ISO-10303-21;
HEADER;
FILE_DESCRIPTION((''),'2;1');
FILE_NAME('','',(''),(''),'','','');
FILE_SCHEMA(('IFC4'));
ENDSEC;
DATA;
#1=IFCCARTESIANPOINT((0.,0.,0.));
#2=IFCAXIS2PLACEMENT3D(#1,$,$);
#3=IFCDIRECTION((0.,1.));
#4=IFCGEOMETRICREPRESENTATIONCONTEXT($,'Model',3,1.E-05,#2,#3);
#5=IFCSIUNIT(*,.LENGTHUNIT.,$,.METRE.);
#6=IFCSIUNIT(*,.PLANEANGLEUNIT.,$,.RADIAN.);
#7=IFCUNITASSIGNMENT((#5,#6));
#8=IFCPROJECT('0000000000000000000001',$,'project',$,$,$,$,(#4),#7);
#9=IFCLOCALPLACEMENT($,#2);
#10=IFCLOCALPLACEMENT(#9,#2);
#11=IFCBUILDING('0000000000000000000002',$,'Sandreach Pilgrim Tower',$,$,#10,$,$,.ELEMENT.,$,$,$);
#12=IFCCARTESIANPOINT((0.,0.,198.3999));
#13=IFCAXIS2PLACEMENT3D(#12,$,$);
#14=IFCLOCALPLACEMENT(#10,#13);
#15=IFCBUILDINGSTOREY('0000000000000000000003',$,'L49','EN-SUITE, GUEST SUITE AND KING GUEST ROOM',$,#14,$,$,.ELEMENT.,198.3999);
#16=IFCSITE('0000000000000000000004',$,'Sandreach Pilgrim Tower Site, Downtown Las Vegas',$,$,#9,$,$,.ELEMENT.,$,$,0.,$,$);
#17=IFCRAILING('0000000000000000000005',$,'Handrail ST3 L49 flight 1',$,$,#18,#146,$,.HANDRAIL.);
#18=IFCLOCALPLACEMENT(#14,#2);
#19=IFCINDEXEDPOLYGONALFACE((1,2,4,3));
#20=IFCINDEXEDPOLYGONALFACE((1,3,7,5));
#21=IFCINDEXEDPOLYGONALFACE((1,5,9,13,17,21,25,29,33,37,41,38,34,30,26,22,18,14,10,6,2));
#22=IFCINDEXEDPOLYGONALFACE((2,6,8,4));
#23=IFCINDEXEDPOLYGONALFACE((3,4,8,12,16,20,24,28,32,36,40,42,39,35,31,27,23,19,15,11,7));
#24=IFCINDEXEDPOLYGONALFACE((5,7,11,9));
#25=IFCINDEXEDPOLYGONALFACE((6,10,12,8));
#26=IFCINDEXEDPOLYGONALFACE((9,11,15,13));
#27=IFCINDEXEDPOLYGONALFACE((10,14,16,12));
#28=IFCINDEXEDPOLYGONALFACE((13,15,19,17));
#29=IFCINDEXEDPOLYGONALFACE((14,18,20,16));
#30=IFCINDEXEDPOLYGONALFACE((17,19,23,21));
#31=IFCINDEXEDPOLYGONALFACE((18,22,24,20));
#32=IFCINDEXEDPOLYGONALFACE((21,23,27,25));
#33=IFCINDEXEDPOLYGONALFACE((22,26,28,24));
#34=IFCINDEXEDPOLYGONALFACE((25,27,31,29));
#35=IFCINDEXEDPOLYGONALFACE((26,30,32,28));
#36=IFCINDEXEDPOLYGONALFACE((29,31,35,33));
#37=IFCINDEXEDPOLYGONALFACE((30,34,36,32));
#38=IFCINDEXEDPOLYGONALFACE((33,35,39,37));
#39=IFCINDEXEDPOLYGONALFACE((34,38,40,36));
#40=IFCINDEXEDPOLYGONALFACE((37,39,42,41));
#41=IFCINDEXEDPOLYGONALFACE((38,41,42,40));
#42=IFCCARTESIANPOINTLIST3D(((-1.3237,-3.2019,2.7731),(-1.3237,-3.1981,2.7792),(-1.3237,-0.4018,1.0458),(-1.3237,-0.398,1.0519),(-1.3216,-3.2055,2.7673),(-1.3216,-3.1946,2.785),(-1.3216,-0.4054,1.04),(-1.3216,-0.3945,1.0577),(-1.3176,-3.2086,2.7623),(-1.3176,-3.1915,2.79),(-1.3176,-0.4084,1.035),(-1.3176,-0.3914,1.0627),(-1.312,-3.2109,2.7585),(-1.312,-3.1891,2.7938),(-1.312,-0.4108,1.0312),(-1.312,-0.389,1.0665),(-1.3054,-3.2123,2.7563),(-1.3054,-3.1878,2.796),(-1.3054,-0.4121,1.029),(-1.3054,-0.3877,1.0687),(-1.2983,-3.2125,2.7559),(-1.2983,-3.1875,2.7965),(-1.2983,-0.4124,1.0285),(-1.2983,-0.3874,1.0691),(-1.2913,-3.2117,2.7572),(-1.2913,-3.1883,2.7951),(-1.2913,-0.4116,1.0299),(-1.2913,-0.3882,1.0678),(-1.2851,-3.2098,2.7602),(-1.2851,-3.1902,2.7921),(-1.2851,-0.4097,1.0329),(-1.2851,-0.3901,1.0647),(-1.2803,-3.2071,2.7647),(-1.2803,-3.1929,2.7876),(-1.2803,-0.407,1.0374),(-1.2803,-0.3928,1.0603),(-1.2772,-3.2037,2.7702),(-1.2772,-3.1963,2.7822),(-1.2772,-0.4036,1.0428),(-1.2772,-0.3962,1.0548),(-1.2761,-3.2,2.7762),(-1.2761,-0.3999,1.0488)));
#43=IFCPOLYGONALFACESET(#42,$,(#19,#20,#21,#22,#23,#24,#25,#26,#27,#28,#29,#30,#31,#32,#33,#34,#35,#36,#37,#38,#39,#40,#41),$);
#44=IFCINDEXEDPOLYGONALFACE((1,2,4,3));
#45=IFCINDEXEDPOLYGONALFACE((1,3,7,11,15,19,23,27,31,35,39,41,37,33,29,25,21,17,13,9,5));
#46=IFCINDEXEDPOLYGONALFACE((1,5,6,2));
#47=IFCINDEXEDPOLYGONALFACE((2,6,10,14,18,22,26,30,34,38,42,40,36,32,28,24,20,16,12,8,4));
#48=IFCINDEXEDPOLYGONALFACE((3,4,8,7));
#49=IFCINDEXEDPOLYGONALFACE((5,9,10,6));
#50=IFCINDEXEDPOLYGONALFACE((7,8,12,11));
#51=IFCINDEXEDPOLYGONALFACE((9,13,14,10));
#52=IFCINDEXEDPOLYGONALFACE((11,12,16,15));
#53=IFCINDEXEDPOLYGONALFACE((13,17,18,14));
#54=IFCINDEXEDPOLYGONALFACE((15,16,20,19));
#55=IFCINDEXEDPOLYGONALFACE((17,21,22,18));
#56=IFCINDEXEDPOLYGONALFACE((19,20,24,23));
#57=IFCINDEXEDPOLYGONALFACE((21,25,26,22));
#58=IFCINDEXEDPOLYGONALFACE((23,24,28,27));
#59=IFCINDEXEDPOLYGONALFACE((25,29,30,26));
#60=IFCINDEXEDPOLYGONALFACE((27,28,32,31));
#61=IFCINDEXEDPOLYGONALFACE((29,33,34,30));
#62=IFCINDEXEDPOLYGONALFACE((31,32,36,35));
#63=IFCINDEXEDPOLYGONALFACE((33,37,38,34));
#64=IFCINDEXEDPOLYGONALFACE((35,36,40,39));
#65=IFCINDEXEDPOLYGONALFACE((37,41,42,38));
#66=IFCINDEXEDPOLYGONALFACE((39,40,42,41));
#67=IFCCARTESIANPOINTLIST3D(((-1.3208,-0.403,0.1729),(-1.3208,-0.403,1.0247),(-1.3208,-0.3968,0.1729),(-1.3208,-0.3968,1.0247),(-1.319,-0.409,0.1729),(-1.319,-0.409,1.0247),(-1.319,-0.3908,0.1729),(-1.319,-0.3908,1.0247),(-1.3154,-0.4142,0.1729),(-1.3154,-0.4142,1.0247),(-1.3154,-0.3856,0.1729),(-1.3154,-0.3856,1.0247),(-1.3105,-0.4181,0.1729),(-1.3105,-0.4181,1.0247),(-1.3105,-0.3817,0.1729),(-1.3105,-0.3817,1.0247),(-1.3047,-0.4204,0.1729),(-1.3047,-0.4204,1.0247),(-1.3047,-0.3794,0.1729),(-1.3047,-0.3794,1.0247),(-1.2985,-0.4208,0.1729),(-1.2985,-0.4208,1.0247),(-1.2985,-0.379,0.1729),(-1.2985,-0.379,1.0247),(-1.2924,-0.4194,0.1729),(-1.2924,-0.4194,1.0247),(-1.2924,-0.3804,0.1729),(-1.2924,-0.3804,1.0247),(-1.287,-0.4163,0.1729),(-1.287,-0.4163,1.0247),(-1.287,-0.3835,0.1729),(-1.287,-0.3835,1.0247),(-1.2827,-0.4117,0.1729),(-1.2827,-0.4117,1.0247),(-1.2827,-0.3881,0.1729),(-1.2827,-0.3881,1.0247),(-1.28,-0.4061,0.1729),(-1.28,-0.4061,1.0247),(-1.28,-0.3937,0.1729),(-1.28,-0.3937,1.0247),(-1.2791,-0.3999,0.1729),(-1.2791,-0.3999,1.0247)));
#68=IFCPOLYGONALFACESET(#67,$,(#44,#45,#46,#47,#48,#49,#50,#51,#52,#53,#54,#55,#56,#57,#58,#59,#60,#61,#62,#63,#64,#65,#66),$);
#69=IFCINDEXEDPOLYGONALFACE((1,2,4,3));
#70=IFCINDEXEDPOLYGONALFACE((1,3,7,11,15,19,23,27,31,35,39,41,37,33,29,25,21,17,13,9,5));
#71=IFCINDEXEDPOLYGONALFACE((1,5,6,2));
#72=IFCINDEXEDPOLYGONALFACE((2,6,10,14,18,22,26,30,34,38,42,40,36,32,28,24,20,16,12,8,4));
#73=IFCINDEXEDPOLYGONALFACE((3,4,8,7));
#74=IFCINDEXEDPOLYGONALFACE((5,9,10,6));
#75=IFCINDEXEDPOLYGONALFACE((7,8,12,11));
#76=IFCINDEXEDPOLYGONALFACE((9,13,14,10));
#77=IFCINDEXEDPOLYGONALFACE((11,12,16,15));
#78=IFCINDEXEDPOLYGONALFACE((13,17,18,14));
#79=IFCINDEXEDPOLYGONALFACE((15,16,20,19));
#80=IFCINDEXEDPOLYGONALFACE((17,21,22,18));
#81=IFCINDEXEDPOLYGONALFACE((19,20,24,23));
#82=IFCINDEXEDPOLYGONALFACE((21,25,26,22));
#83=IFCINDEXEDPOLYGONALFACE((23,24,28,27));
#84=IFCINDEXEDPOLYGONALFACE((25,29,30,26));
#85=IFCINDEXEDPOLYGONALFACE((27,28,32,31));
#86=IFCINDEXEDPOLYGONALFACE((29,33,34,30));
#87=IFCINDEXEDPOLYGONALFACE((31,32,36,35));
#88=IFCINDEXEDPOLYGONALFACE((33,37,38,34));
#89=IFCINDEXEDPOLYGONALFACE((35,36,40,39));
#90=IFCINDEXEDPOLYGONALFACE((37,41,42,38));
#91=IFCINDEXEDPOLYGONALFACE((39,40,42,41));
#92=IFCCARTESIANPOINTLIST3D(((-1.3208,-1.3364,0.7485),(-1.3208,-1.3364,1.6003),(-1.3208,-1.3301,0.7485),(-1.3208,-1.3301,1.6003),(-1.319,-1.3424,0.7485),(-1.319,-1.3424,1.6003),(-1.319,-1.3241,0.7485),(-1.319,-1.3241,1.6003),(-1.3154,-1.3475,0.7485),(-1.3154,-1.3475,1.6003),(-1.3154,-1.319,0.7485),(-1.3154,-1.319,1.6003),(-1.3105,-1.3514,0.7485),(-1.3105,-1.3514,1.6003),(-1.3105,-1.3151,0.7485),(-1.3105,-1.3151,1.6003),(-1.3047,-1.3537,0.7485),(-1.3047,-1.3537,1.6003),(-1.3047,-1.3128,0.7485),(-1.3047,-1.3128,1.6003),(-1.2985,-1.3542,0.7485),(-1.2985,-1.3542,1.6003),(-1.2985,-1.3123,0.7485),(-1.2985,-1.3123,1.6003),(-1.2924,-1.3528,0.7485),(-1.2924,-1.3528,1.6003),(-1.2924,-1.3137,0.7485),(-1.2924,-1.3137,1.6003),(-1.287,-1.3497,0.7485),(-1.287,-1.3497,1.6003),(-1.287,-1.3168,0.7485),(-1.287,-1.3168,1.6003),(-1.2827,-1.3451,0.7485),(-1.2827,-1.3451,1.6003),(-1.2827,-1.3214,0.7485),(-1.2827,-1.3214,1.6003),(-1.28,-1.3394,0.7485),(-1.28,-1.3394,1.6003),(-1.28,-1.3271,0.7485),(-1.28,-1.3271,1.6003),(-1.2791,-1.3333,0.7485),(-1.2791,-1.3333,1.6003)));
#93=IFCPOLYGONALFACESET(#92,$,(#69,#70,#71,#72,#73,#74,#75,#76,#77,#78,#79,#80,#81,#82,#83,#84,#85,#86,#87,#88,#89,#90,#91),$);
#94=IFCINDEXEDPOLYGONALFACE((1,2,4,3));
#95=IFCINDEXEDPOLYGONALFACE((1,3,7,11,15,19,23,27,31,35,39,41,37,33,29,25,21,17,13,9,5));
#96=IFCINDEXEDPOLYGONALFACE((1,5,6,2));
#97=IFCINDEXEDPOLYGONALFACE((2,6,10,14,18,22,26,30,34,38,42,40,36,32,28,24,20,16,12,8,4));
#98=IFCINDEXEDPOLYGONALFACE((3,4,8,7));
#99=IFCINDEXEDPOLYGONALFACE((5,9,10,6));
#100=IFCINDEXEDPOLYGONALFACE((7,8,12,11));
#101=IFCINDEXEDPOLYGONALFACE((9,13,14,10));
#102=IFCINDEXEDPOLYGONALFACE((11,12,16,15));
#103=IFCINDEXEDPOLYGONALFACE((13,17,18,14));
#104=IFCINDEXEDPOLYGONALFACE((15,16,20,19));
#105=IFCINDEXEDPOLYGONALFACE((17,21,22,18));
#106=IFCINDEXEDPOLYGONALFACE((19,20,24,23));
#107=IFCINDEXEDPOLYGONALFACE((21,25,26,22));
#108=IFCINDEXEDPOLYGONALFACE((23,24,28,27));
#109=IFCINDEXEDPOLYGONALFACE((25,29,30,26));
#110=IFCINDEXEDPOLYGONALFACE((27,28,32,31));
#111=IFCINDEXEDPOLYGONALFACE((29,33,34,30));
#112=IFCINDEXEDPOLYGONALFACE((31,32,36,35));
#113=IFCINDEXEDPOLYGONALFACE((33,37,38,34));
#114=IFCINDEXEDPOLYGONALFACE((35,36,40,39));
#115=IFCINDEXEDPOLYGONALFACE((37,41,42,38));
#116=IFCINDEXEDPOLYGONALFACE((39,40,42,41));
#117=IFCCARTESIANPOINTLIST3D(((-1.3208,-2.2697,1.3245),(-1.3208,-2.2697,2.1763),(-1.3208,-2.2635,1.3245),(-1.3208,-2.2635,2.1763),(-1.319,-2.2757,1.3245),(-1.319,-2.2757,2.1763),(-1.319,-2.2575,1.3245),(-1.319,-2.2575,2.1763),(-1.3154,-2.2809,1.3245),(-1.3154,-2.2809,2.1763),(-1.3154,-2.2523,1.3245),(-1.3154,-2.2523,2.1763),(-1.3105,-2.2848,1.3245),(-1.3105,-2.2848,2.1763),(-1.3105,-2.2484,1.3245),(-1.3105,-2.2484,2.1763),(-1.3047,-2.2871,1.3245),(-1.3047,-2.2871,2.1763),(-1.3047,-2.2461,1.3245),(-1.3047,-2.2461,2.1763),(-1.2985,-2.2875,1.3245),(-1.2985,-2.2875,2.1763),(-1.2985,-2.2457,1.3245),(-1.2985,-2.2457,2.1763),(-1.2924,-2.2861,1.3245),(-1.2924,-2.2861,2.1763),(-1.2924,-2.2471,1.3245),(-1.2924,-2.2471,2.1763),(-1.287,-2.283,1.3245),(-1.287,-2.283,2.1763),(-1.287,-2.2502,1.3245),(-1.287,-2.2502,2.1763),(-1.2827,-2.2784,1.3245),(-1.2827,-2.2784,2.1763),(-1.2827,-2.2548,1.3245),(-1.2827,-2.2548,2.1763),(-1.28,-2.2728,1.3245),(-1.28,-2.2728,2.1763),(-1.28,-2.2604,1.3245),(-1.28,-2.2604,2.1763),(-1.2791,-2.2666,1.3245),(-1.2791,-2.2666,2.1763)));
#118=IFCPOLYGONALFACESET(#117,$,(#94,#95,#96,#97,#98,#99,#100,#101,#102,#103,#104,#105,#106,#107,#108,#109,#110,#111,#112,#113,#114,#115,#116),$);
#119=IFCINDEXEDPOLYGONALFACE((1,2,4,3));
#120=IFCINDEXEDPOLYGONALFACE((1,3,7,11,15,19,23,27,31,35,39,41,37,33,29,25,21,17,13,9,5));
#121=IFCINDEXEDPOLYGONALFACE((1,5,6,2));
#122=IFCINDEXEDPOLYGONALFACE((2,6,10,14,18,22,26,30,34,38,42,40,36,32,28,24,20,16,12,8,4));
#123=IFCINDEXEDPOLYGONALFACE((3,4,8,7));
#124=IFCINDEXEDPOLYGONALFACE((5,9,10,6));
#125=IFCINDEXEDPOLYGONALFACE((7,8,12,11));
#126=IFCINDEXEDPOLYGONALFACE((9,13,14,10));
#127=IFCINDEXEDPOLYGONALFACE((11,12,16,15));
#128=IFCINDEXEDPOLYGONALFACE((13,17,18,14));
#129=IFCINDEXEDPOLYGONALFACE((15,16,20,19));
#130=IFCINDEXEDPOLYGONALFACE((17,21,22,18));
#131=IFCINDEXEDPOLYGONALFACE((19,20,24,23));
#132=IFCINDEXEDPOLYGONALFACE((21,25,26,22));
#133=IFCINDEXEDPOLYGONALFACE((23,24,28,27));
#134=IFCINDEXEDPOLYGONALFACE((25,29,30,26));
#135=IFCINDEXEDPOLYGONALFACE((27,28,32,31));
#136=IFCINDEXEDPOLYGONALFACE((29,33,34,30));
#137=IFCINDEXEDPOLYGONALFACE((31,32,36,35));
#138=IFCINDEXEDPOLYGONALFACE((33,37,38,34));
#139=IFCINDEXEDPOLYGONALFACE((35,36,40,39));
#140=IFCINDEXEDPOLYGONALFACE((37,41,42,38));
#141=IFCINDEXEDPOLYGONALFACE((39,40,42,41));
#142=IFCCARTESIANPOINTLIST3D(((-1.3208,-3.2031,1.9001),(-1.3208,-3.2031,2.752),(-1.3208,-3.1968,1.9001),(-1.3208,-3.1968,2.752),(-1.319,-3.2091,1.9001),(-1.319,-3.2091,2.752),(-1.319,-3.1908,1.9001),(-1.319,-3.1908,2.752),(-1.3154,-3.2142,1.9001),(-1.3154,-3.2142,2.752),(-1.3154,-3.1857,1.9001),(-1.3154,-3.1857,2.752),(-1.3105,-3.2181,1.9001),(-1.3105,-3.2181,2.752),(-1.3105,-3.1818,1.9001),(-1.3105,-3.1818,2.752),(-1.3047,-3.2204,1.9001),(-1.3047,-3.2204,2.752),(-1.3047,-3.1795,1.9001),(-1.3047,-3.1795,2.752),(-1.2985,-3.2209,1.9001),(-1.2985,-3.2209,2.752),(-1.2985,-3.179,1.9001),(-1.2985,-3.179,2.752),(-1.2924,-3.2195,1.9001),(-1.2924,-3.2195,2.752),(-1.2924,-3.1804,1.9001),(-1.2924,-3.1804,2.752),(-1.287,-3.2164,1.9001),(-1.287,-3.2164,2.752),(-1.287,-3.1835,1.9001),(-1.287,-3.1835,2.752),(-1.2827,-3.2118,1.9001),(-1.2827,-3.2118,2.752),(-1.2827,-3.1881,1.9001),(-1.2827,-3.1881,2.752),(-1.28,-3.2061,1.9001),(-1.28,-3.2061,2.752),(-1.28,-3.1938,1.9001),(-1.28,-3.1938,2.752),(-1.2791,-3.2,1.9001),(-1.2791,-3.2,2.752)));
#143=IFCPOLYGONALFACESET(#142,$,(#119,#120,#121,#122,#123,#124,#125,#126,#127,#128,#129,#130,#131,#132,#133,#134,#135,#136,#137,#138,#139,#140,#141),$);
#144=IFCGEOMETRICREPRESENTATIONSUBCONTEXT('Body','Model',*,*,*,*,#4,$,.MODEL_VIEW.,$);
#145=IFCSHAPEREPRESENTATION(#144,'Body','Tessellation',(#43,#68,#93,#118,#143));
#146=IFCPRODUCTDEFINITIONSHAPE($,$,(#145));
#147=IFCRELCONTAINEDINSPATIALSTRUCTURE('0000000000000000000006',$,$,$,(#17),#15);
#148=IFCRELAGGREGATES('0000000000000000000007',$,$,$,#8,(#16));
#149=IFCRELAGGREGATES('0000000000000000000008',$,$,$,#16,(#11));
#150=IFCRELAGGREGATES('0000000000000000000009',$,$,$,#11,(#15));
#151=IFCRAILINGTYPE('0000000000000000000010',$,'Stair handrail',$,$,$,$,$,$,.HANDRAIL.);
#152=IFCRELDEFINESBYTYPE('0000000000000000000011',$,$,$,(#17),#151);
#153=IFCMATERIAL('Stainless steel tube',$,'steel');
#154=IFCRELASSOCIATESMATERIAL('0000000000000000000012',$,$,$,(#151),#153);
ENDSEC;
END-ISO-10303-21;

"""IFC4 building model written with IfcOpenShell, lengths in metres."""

from ifc_helpers import new_model, si_unit, direction, frame, origin, origin_2d, place, context, subcontext, project, spatial, circle, extrude, material, type_object, element, save


model = new_model("IFC4")

# Units and contexts
model_context = context("Model", 3, precision=1e-05, world=origin(), true_north=direction((0.0, 1.0)))
body_context = subcontext(model_context, "Body", "Model", "MODEL_VIEW")
ifc_project = project(units=[si_unit("LENGTHUNIT", "METRE"), si_unit("PLANEANGLEUNIT", "RADIAN")], contexts=[model_context])

# Site, building, storey
site_placement = place(None, origin())
site = spatial("IfcSite", under=ifc_project, at=site_placement, Name="Sandreach Pilgrim Tower Site, Downtown Las Vegas", CompositionType="ELEMENT", RefElevation=0.0)
building_placement = place(site_placement, origin())
building = spatial("IfcBuilding", under=site, at=building_placement, Name="Sandreach Pilgrim Tower", CompositionType="ELEMENT")
storey_placement = place(building_placement, frame((0.0, 0.0, 198.3999)))
storey = spatial("IfcBuildingStorey", under=building, at=storey_placement, Name="L49", Description="EN-SUITE, GUEST SUITE AND KING GUEST ROOM", CompositionType="ELEMENT", Elevation=198.3999)

# Railing
ifc_material_1 = material(Name="Stainless steel tube", Category="steel")
railing_type = type_object("IfcRailingType", Name="Stair handrail", PredefinedType="HANDRAIL", material=ifc_material_1)
for number, where, name in (
    (1, (-1.3, -0.3999, 0.1729), "Handrail ST3 L49 flight 1"),
):
    element("IfcRailing", number, at=place(storey_placement, frame(where)), inside=storey, type_object=railing_type, Name=name, PredefinedType="HANDRAIL", context=body_context, shape_type="SweptSolid", body=[
        extrude(circle(Radius=0.0239, at=origin_2d()), frame((0.0, 0.0, 0.876), z_axis=(0.0, -0.85109, 0.52502), x_axis=(1.0, 0.0, 0.0)), (0.0, 0.0, 1.0), 3.29),
        extrude(circle(Radius=0.021, at=origin_2d()), origin(), (0.0, 0.0, 1.0), 0.8518),
        extrude(circle(Radius=0.021, at=origin_2d()), frame((0.0, -0.9333, 0.5757)), (0.0, 0.0, 1.0), 0.8518),
        extrude(circle(Radius=0.021, at=origin_2d()), frame((0.0, -1.8667, 1.1516)), (0.0, 0.0, 1.0), 0.8518),
        extrude(circle(Radius=0.021, at=origin_2d()), frame((0.0, -2.8, 1.7273)), (0.0, 0.0, 1.0), 0.8518),
    ])

save(model, "model.ifc")
